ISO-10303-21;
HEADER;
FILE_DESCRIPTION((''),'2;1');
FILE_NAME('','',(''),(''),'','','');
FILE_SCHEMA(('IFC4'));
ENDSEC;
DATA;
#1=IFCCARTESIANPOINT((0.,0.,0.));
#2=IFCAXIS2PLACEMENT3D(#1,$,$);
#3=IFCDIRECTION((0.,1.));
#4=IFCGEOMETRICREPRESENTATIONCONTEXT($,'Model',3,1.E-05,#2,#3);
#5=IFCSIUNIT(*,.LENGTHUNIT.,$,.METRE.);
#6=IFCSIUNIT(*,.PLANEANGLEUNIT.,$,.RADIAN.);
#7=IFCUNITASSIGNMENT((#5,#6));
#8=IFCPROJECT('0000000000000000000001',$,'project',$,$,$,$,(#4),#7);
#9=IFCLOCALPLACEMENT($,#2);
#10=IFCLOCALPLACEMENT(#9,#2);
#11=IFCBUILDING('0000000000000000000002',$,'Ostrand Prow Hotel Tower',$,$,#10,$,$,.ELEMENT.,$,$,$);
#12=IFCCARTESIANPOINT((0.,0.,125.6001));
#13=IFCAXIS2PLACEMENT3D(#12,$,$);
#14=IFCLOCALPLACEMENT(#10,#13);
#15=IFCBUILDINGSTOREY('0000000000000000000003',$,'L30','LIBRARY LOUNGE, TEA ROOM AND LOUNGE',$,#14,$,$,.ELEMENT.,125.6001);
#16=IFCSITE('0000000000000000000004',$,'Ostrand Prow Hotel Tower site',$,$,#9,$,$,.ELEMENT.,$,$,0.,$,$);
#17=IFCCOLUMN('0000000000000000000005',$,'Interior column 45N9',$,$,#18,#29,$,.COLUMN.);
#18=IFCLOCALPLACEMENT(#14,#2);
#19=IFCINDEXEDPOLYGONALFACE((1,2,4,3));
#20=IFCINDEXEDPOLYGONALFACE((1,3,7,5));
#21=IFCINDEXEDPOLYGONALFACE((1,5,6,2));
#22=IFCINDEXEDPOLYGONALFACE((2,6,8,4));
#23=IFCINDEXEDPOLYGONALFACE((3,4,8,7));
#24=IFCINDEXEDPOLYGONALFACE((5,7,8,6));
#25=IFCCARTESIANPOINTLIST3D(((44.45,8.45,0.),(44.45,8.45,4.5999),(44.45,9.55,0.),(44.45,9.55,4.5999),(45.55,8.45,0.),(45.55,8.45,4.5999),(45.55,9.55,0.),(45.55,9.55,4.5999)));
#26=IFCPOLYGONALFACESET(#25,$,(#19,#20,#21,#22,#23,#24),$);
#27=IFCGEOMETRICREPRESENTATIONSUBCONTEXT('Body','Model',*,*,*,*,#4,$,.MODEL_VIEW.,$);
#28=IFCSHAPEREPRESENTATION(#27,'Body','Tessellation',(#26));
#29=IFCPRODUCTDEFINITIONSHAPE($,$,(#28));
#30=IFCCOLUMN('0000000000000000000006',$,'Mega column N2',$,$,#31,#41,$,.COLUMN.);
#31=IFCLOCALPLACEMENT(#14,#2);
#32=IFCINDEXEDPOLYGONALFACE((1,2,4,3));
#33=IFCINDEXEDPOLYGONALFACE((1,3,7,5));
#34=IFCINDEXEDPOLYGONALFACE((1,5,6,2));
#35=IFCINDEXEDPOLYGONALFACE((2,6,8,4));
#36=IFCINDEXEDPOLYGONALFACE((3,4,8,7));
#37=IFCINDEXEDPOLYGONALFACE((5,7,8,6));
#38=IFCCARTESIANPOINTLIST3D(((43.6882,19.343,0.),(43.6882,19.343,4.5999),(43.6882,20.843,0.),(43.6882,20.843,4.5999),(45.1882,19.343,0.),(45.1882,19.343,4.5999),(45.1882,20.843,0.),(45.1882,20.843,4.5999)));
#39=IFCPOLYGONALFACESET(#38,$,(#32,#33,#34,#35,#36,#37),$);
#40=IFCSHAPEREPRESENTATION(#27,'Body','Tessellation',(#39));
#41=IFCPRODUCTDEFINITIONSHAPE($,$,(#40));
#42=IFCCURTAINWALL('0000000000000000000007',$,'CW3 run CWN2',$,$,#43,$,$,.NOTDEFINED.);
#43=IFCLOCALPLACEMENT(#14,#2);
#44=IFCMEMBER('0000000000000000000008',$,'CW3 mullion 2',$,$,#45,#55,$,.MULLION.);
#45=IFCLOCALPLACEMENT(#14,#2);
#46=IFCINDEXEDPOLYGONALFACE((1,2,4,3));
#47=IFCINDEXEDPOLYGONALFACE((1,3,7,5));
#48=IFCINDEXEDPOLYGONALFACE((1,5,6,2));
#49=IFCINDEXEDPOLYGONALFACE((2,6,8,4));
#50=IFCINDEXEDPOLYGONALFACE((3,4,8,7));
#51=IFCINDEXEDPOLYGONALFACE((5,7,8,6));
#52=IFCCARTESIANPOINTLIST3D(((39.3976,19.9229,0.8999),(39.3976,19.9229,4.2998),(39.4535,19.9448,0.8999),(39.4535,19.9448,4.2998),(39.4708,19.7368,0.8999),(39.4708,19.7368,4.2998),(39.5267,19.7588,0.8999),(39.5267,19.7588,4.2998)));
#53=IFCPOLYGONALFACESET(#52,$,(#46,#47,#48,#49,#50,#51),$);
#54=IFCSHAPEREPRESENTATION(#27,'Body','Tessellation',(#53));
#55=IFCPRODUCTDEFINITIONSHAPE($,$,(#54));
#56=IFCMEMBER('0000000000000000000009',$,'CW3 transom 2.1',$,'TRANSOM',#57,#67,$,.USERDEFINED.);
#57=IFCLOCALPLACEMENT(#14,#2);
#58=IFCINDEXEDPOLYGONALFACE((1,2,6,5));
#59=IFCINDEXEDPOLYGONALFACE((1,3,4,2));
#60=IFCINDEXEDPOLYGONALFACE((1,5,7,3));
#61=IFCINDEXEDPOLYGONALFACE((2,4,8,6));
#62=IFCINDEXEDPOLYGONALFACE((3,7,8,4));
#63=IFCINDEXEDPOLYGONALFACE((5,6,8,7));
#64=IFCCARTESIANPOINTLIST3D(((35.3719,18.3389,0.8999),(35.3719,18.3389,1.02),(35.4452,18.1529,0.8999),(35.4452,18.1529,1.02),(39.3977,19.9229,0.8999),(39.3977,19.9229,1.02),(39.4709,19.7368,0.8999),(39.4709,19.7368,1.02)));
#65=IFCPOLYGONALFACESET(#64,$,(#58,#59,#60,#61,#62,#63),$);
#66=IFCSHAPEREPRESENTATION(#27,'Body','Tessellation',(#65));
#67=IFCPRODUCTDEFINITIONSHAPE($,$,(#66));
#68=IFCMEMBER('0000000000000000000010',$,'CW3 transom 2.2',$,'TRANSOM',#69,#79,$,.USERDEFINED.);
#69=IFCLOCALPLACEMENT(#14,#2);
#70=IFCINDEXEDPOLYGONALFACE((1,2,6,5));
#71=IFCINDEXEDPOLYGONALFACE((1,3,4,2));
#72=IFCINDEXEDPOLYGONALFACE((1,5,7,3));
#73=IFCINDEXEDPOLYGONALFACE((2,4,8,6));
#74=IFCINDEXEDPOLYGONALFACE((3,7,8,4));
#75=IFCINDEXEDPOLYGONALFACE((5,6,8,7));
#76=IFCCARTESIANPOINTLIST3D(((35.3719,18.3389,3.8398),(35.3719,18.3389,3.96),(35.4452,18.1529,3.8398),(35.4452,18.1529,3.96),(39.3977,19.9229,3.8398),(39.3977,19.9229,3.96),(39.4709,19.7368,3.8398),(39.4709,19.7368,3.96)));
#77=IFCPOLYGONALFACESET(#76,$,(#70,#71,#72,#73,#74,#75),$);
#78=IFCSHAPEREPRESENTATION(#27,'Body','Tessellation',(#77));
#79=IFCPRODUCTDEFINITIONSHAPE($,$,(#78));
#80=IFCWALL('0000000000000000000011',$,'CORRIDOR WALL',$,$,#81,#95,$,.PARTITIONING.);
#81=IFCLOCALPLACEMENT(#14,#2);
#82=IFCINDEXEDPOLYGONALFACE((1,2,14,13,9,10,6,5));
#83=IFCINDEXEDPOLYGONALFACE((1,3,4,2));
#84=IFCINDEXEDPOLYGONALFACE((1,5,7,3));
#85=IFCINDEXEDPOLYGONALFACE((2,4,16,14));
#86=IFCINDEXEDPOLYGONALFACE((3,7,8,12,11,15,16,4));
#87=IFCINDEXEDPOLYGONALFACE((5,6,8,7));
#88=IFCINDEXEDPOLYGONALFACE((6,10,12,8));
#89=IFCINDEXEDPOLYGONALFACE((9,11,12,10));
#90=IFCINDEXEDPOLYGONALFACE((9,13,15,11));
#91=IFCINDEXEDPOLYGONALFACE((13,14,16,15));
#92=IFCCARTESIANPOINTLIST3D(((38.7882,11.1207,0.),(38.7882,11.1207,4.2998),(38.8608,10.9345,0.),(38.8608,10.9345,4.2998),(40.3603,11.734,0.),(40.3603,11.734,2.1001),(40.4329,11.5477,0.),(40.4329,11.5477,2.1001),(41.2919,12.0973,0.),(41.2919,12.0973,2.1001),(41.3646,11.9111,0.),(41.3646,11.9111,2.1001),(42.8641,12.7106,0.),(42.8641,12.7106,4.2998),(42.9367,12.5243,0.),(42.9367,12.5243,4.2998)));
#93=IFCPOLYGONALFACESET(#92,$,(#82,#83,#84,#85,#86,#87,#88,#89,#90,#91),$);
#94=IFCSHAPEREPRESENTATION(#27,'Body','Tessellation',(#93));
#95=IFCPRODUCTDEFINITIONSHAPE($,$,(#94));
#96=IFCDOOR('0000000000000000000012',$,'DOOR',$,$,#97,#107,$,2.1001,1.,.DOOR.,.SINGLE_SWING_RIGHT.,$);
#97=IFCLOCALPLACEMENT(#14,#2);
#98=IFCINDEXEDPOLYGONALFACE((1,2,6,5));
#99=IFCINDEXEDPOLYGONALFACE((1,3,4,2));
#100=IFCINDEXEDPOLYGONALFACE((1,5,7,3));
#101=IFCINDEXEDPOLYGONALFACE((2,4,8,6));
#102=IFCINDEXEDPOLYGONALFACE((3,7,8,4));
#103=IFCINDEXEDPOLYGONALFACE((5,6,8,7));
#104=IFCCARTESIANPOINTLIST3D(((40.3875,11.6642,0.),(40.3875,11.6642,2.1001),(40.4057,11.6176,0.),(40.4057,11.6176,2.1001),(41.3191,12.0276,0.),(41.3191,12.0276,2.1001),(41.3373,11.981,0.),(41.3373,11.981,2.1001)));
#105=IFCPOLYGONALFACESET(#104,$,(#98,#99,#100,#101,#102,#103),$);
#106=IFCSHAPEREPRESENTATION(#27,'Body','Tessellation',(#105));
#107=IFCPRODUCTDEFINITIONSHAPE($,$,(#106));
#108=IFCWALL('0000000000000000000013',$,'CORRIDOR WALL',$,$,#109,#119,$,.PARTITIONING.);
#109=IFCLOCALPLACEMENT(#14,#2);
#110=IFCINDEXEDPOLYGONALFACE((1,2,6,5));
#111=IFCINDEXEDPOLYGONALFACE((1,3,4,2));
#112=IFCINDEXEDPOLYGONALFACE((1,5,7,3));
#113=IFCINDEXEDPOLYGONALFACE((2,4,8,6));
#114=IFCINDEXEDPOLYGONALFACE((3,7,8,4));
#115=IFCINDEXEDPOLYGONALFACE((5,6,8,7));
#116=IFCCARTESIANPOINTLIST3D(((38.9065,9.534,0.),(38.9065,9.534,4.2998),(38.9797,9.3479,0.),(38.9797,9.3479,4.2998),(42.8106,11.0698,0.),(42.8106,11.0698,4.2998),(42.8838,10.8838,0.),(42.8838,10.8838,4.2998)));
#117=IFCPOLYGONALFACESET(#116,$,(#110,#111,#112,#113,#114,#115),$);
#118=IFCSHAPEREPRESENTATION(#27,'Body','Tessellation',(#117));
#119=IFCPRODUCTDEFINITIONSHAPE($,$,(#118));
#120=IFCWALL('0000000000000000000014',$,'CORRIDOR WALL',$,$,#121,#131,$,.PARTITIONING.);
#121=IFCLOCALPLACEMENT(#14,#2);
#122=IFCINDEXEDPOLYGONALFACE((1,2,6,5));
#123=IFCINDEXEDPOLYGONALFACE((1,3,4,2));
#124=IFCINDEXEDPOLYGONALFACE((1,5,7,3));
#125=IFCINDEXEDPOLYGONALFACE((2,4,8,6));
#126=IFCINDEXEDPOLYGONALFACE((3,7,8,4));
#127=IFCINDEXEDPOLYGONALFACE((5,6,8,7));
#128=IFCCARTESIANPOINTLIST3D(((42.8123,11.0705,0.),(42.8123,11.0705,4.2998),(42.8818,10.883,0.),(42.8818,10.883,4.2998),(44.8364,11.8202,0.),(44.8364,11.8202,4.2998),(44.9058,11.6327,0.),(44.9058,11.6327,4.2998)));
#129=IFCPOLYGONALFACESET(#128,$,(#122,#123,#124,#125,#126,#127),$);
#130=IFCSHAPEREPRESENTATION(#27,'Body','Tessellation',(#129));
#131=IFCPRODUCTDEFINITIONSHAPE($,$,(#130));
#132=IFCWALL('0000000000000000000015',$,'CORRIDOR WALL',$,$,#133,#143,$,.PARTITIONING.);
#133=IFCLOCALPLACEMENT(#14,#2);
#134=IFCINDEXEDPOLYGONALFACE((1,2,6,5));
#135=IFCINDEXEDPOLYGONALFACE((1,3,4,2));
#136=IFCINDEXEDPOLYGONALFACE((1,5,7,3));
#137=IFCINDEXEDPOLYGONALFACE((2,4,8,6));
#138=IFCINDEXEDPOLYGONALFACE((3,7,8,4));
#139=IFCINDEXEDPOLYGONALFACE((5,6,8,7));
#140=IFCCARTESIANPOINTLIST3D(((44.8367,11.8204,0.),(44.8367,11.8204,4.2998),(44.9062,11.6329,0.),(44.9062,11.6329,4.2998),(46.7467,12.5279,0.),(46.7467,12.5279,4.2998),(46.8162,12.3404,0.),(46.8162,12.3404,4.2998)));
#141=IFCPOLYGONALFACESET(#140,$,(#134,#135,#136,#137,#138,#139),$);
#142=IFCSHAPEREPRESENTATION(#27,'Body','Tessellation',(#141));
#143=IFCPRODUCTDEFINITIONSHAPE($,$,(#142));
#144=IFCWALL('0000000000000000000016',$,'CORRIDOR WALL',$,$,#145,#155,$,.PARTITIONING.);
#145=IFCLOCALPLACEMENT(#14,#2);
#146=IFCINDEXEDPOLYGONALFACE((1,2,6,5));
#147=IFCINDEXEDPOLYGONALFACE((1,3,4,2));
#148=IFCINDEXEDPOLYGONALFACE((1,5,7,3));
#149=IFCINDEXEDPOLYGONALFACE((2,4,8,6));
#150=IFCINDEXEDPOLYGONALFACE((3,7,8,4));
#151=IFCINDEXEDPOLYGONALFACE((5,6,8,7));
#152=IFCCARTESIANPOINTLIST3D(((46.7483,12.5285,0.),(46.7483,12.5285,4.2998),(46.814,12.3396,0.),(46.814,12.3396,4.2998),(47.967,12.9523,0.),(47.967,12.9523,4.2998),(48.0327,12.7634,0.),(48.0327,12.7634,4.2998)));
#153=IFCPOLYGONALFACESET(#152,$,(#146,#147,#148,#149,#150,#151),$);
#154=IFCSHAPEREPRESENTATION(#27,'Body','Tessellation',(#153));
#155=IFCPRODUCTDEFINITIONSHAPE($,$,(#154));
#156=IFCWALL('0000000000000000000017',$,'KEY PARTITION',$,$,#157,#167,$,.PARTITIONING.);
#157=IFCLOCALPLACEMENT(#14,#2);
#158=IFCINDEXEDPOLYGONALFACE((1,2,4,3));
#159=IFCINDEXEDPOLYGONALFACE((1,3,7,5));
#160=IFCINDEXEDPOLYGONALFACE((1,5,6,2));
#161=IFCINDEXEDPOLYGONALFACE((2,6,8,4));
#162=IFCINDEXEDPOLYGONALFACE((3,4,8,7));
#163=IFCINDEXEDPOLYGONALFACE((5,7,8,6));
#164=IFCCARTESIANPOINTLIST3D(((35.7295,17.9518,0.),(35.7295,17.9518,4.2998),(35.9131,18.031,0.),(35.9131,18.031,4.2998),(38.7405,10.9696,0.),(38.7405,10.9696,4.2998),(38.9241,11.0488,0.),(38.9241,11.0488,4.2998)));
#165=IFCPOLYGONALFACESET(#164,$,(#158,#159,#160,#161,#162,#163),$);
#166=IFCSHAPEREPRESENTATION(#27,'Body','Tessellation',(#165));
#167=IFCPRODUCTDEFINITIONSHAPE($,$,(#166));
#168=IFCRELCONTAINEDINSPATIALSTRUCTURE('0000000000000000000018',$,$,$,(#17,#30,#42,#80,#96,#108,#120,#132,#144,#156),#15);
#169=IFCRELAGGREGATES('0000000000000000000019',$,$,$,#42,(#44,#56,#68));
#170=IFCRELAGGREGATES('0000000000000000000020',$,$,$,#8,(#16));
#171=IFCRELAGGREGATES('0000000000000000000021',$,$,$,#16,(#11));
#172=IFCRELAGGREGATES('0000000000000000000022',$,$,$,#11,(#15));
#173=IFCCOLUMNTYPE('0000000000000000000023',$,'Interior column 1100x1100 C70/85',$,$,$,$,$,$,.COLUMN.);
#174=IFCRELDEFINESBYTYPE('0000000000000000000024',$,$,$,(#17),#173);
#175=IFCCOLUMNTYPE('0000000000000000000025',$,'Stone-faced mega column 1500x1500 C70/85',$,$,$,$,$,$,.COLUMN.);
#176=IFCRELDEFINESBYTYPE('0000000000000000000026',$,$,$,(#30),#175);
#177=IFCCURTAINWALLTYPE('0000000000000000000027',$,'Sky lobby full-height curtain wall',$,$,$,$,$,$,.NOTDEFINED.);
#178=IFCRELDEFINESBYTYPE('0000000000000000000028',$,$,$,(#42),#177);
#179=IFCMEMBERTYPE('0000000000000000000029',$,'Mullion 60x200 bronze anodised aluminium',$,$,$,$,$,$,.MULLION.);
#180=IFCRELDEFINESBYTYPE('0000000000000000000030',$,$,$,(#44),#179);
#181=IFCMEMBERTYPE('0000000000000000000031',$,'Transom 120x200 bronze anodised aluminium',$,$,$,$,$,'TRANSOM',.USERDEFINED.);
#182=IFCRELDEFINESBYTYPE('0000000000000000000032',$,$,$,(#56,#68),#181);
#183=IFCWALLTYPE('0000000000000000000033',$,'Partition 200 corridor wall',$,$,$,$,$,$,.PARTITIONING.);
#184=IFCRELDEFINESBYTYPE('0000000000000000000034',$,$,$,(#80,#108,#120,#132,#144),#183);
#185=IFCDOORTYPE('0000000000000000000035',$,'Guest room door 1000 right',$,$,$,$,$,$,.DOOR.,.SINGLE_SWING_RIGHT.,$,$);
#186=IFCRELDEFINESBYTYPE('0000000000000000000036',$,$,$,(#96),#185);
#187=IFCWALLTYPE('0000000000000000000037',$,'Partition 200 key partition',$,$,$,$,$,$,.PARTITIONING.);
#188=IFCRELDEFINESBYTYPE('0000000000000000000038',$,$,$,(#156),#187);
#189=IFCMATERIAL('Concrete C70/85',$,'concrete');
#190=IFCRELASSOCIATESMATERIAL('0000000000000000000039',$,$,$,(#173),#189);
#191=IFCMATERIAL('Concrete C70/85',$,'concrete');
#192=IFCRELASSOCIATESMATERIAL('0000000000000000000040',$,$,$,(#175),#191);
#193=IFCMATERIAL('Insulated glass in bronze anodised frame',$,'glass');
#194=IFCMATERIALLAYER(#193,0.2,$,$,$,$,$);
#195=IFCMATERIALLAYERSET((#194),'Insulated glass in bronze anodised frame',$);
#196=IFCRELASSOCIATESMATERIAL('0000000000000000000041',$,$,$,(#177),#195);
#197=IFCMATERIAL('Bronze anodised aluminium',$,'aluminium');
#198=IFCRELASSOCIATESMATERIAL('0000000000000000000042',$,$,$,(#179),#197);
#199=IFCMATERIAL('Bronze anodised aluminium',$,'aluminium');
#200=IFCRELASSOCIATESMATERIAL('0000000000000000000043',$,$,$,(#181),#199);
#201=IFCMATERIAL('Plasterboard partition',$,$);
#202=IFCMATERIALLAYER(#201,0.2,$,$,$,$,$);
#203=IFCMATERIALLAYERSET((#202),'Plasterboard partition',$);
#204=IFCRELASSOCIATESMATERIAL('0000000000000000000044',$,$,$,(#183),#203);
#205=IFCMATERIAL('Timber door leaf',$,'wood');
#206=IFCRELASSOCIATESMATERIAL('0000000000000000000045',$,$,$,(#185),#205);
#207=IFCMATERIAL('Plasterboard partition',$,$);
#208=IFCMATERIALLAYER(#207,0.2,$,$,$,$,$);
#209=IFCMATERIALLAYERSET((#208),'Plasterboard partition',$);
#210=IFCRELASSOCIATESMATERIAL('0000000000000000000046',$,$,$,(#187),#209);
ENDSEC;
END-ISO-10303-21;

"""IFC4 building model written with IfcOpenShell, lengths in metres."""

from ifc_helpers import new_model, si_unit, direction, frame, frame_2d, origin, origin_2d, place, context, subcontext, project, spatial, rectangle, extrude, material, layer, layer_set, material_profile, profile_set, type_object, element, fill, aggregate, save


model = new_model("IFC4")

# Units and contexts
model_context = context("Model", 3, precision=1e-05, world=origin(), true_north=direction((0.0, 1.0)))
body_context = subcontext(model_context, "Body", "Model", "MODEL_VIEW")
ifc_project = project(units=[si_unit("LENGTHUNIT", "METRE"), si_unit("PLANEANGLEUNIT", "RADIAN")], contexts=[model_context])

# Site, building, storey
site_placement = place(None, origin())
site = spatial("IfcSite", under=ifc_project, at=site_placement, Name="Ostrand Prow Hotel Tower site", CompositionType="ELEMENT", RefElevation=0.0)
building_placement = place(site_placement, origin())
building = spatial("IfcBuilding", under=site, at=building_placement, Name="Ostrand Prow Hotel Tower", CompositionType="ELEMENT")
storey_placement = place(building_placement, frame((0.0, 0.0, 125.6001)))
storey = spatial("IfcBuildingStorey", under=building, at=storey_placement, Name="L30", Description="LIBRARY LOUNGE, TEA ROOM AND LOUNGE", CompositionType="ELEMENT", Elevation=125.6001)

# Columns
ifc_material_1 = material(Name="Concrete C70/85", Category="concrete")
ifc_material_profile_1 = material_profile(ifc_material_1, rectangle(XDim=1.1001, YDim=1.1001, at=origin_2d()), Name="RC 1100x1100")
ifc_profile_set_1 = profile_set([ifc_material_profile_1], Name="Concrete C70/85")
column_type_1 = type_object("IfcColumnType", Name="Interior column 1100x1100 C70/85", PredefinedType="COLUMN", material=ifc_profile_set_1)
column_1_placement = place(storey_placement, frame((45.0, 9.0, 0.0), z_axis=(0.0, 0.0, 1.0), x_axis=(1.0, 0.0, 0.0)))
element("IfcColumn", 1, at=column_1_placement, inside=storey, type_object=column_type_1, Name="Interior column 45N9", PredefinedType="COLUMN", context=body_context, shape_type="SweptSolid", body=[
    extrude(rectangle(XDim=1.1001, YDim=1.1001, at=origin_2d()), origin(), (0.0, 0.0, 1.0), 4.5999),
])
ifc_material_2 = material(Name="Concrete C70/85", Category="concrete")
ifc_material_profile_2 = material_profile(ifc_material_2, rectangle(XDim=1.5, YDim=1.5, at=origin_2d()), Name="RC 1500x1500")
ifc_profile_set_2 = profile_set([ifc_material_profile_2], Name="Concrete C70/85")
column_type_2 = type_object("IfcColumnType", Name="Stone-faced mega column 1500x1500 C70/85", PredefinedType="COLUMN", material=ifc_profile_set_2)
column_2_placement = place(storey_placement, frame((44.4382, 20.093, 0.0), z_axis=(0.0, 0.0, 1.0), x_axis=(1.0, 0.0, 0.0)))
element("IfcColumn", 2, at=column_2_placement, inside=storey, type_object=column_type_2, Name="Mega column N2", PredefinedType="COLUMN", context=body_context, shape_type="SweptSolid", body=[
    extrude(rectangle(XDim=1.5, YDim=1.5, at=origin_2d()), origin(), (0.0, 0.0, 1.0), 4.5999),
])

# Curtain wall, members
ifc_material_3 = material(Name="Insulated glass in bronze anodised frame", Category="glass")
ifc_layer_1 = layer(ifc_material_3, 0.2)
ifc_layer_set_1 = layer_set([ifc_layer_1], Name="Insulated glass in bronze anodised frame")
curtain_wall_type = type_object("IfcCurtainWallType", Name="Sky lobby full-height curtain wall", PredefinedType="NOTDEFINED", material=ifc_layer_set_1)
curtain_wall_placement = place(storey_placement, origin())
curtain_wall = element("IfcCurtainWall", 3, at=curtain_wall_placement, inside=storey, type_object=curtain_wall_type, Name="CW3 run CWN2", PredefinedType="NOTDEFINED")
ifc_material_4 = material(Name="Bronze anodised aluminium", Category="aluminium")
ifc_material_profile_3 = material_profile(ifc_material_4, rectangle(XDim=0.2, YDim=0.0601, at=origin_2d()), Name="Mullion 60x200 bronze anodised aluminium")
ifc_profile_set_3 = profile_set([ifc_material_profile_3], Name="Bronze anodised aluminium")
member_type_1 = type_object("IfcMemberType", Name="Mullion 60x200 bronze anodised aluminium", PredefinedType="MULLION", material=ifc_profile_set_3)
member_1_placement = place(storey_placement, frame((39.4622, 19.8408, 0.8999), z_axis=(0.0, 0.0, 1.0), x_axis=(0.366116, -0.930569, 0.0)))
member_1 = element("IfcMember", 4, at=member_1_placement, type_object=member_type_1, Name="CW3 mullion 2", PredefinedType="MULLION", context=body_context, shape_type="SweptSolid", body=[
    extrude(rectangle(XDim=0.2, YDim=0.0601, at=origin_2d()), origin(), (0.0, 0.0, 1.0), 3.3999),
])
ifc_material_5 = material(Name="Bronze anodised aluminium", Category="aluminium")
ifc_material_profile_4 = material_profile(ifc_material_5, rectangle(XDim=0.2, YDim=0.1201, at=origin_2d()), Name="Transom 120x200 bronze anodised aluminium")
ifc_profile_set_4 = profile_set([ifc_material_profile_4], Name="Bronze anodised aluminium")
member_type_2 = type_object("IfcMemberType", Name="Transom 120x200 bronze anodised aluminium", ElementType="TRANSOM", PredefinedType="USERDEFINED", material=ifc_profile_set_4)
member_2_placement = place(storey_placement, frame((39.4343, 19.8298, 0.96), z_axis=(-0.930563, -0.366131, 0.0), x_axis=(0.366131, -0.930563, 0.0)))
member_2 = element("IfcMember", 5, at=member_2_placement, type_object=member_type_2, Name="CW3 transom 2.1", ObjectType="TRANSOM", PredefinedType="USERDEFINED", context=body_context, shape_type="SweptSolid", body=[
    extrude(rectangle(XDim=0.2, YDim=0.1201, at=origin_2d()), origin(), (0.0, 0.0, 1.0), 4.3262),
])
member_3_placement = place(storey_placement, frame((39.4343, 19.8298, 3.8999), z_axis=(-0.930563, -0.366131, 0.0), x_axis=(0.366131, -0.930563, 0.0)))
member_3 = element("IfcMember", 6, at=member_3_placement, type_object=member_type_2, Name="CW3 transom 2.2", ObjectType="TRANSOM", PredefinedType="USERDEFINED", context=body_context, shape_type="SweptSolid", body=[
    extrude(rectangle(XDim=0.2, YDim=0.1201, at=origin_2d()), origin(), (0.0, 0.0, 1.0), 4.3262),
])
aggregate(curtain_wall, [member_1, member_2, member_3])

# Wall, opening, door
ifc_material_6 = material(Name="Plasterboard partition")
ifc_layer_2 = layer(ifc_material_6, 0.2)
ifc_layer_set_2 = layer_set([ifc_layer_2], Name="Plasterboard partition")
wall_type_1 = type_object("IfcWallType", Name="Partition 200 corridor wall", PredefinedType="PARTITIONING", material=ifc_layer_set_2)
wall_1_placement = place(storey_placement, frame((42.9004, 12.6174, 0.0), z_axis=(0.0, 0.0, 1.0), x_axis=(-0.931637, -0.363391, 0.0)))
wall_1 = element("IfcWall", 7, at=wall_1_placement, inside=storey, type_object=wall_type_1, Name="CORRIDOR WALL", PredefinedType="PARTITIONING", context=body_context, shape_type="SweptSolid", body=[
    extrude(rectangle(XDim=4.375, YDim=0.2, at=frame_2d((2.1875, 0.0))), origin(), (0.0, 0.0, 1.0), 4.2998),
])
opening_placement = place(wall_1_placement, frame((1.6875, 0.0, 0.0)))
opening = element("IfcOpeningElement", 8, at=opening_placement, cuts=wall_1, PredefinedType="OPENING", context=body_context, shape_type="SweptSolid", body=[
    extrude(rectangle(XDim=1.0, YDim=2.1001, at=frame_2d((0.5, 1.05))), frame((0.0, 0.1099, 0.0), z_axis=(0.0, -1.0, 0.0), x_axis=(1.0, 0.0, 0.0)), (0.0, 0.0, 1.0), 0.22),
])
ifc_material_7 = material(Name="Timber door leaf", Category="wood")
door_type = type_object("IfcDoorType", Name="Guest room door 1000 right", OperationType="SINGLE_SWING_RIGHT", PredefinedType="DOOR", material=ifc_material_7)
door_placement = place(opening_placement, origin())
door = element("IfcDoor", 9, at=door_placement, inside=storey, type_object=door_type, Name="DOOR", OperationType="SINGLE_SWING_RIGHT", OverallHeight=2.1001, OverallWidth=1.0, PredefinedType="DOOR", context=body_context, shape_type="SweptSolid", body=[
    extrude(rectangle(XDim=1.0, YDim=2.1001, at=frame_2d((0.5, 1.05))), frame((0.0, 0.0249, 0.0), z_axis=(0.0, -1.0, 0.0), x_axis=(1.0, 0.0, 0.0)), (0.0, 0.0, 1.0), 0.05),
])
fill(opening, door)

# Walls
wall_2_placement = place(storey_placement, frame((38.9431, 9.4409, 0.0), z_axis=(0.0, 0.0, 1.0), x_axis=(0.930577, 0.366097, 0.0)))
element("IfcWall", 10, at=wall_2_placement, inside=storey, type_object=wall_type_1, Name="CORRIDOR WALL", PredefinedType="PARTITIONING", context=body_context, shape_type="SweptSolid", body=[
    extrude(rectangle(XDim=4.1953, YDim=0.2, at=frame_2d((2.0977, 0.0))), origin(), (0.0, 0.0, 1.0), 4.2998),
])
wall_3_placement = place(storey_placement, frame((42.8472, 10.9768, 0.0), z_axis=(0.0, 0.0, 1.0), x_axis=(0.937739, 0.34734, 0.0)))
element("IfcWall", 11, at=wall_3_placement, inside=storey, type_object=wall_type_1, Name="CORRIDOR WALL", PredefinedType="PARTITIONING", context=body_context, shape_type="SweptSolid", body=[
    extrude(rectangle(XDim=2.1584, YDim=0.2, at=frame_2d((1.0791, 0.0))), origin(), (0.0, 0.0, 1.0), 4.2998),
])
wall_4_placement = place(storey_placement, frame((44.8713, 11.7266, 0.0), z_axis=(0.0, 0.0, 1.0), x_axis=(0.937726, 0.347377, 0.0)))
element("IfcWall", 12, at=wall_4_placement, inside=storey, type_object=wall_type_1, Name="CORRIDOR WALL", PredefinedType="PARTITIONING", context=body_context, shape_type="SweptSolid", body=[
    extrude(rectangle(XDim=2.0369, YDim=0.2, at=frame_2d((1.0186, 0.0))), origin(), (0.0, 0.0, 1.0), 4.2998),
])
wall_5_placement = place(storey_placement, frame((46.7812, 12.4341, 0.0), z_axis=(0.0, 0.0, 1.0), x_axis=(0.944517, 0.328462, 0.0)))
element("IfcWall", 13, at=wall_5_placement, inside=storey, type_object=wall_type_1, Name="CORRIDOR WALL", PredefinedType="PARTITIONING", context=body_context, shape_type="SweptSolid", body=[
    extrude(rectangle(XDim=1.2903, YDim=0.2, at=frame_2d((0.645, 0.0))), origin(), (0.0, 0.0, 1.0), 4.2998),
])
ifc_material_8 = material(Name="Plasterboard partition")
ifc_layer_3 = layer(ifc_material_8, 0.2)
ifc_layer_set_3 = layer_set([ifc_layer_3], Name="Plasterboard partition")
wall_type_2 = type_object("IfcWallType", Name="Partition 200 key partition", PredefinedType="PARTITIONING", material=ifc_layer_set_3)
wall_6_placement = place(storey_placement, frame((38.8323, 11.0093, 0.0), z_axis=(0.0, 0.0, 1.0), x_axis=(-0.395988, 0.918256, 0.0)))
element("IfcWall", 14, at=wall_6_placement, inside=storey, type_object=wall_type_2, Name="KEY PARTITION", PredefinedType="PARTITIONING", context=body_context, shape_type="SweptSolid", body=[
    extrude(rectangle(XDim=7.6038, YDim=0.2, at=frame_2d((3.8018, 0.0))), origin(), (0.0, 0.0, 1.0), 4.2998),
])

save(model, "model.ifc")
